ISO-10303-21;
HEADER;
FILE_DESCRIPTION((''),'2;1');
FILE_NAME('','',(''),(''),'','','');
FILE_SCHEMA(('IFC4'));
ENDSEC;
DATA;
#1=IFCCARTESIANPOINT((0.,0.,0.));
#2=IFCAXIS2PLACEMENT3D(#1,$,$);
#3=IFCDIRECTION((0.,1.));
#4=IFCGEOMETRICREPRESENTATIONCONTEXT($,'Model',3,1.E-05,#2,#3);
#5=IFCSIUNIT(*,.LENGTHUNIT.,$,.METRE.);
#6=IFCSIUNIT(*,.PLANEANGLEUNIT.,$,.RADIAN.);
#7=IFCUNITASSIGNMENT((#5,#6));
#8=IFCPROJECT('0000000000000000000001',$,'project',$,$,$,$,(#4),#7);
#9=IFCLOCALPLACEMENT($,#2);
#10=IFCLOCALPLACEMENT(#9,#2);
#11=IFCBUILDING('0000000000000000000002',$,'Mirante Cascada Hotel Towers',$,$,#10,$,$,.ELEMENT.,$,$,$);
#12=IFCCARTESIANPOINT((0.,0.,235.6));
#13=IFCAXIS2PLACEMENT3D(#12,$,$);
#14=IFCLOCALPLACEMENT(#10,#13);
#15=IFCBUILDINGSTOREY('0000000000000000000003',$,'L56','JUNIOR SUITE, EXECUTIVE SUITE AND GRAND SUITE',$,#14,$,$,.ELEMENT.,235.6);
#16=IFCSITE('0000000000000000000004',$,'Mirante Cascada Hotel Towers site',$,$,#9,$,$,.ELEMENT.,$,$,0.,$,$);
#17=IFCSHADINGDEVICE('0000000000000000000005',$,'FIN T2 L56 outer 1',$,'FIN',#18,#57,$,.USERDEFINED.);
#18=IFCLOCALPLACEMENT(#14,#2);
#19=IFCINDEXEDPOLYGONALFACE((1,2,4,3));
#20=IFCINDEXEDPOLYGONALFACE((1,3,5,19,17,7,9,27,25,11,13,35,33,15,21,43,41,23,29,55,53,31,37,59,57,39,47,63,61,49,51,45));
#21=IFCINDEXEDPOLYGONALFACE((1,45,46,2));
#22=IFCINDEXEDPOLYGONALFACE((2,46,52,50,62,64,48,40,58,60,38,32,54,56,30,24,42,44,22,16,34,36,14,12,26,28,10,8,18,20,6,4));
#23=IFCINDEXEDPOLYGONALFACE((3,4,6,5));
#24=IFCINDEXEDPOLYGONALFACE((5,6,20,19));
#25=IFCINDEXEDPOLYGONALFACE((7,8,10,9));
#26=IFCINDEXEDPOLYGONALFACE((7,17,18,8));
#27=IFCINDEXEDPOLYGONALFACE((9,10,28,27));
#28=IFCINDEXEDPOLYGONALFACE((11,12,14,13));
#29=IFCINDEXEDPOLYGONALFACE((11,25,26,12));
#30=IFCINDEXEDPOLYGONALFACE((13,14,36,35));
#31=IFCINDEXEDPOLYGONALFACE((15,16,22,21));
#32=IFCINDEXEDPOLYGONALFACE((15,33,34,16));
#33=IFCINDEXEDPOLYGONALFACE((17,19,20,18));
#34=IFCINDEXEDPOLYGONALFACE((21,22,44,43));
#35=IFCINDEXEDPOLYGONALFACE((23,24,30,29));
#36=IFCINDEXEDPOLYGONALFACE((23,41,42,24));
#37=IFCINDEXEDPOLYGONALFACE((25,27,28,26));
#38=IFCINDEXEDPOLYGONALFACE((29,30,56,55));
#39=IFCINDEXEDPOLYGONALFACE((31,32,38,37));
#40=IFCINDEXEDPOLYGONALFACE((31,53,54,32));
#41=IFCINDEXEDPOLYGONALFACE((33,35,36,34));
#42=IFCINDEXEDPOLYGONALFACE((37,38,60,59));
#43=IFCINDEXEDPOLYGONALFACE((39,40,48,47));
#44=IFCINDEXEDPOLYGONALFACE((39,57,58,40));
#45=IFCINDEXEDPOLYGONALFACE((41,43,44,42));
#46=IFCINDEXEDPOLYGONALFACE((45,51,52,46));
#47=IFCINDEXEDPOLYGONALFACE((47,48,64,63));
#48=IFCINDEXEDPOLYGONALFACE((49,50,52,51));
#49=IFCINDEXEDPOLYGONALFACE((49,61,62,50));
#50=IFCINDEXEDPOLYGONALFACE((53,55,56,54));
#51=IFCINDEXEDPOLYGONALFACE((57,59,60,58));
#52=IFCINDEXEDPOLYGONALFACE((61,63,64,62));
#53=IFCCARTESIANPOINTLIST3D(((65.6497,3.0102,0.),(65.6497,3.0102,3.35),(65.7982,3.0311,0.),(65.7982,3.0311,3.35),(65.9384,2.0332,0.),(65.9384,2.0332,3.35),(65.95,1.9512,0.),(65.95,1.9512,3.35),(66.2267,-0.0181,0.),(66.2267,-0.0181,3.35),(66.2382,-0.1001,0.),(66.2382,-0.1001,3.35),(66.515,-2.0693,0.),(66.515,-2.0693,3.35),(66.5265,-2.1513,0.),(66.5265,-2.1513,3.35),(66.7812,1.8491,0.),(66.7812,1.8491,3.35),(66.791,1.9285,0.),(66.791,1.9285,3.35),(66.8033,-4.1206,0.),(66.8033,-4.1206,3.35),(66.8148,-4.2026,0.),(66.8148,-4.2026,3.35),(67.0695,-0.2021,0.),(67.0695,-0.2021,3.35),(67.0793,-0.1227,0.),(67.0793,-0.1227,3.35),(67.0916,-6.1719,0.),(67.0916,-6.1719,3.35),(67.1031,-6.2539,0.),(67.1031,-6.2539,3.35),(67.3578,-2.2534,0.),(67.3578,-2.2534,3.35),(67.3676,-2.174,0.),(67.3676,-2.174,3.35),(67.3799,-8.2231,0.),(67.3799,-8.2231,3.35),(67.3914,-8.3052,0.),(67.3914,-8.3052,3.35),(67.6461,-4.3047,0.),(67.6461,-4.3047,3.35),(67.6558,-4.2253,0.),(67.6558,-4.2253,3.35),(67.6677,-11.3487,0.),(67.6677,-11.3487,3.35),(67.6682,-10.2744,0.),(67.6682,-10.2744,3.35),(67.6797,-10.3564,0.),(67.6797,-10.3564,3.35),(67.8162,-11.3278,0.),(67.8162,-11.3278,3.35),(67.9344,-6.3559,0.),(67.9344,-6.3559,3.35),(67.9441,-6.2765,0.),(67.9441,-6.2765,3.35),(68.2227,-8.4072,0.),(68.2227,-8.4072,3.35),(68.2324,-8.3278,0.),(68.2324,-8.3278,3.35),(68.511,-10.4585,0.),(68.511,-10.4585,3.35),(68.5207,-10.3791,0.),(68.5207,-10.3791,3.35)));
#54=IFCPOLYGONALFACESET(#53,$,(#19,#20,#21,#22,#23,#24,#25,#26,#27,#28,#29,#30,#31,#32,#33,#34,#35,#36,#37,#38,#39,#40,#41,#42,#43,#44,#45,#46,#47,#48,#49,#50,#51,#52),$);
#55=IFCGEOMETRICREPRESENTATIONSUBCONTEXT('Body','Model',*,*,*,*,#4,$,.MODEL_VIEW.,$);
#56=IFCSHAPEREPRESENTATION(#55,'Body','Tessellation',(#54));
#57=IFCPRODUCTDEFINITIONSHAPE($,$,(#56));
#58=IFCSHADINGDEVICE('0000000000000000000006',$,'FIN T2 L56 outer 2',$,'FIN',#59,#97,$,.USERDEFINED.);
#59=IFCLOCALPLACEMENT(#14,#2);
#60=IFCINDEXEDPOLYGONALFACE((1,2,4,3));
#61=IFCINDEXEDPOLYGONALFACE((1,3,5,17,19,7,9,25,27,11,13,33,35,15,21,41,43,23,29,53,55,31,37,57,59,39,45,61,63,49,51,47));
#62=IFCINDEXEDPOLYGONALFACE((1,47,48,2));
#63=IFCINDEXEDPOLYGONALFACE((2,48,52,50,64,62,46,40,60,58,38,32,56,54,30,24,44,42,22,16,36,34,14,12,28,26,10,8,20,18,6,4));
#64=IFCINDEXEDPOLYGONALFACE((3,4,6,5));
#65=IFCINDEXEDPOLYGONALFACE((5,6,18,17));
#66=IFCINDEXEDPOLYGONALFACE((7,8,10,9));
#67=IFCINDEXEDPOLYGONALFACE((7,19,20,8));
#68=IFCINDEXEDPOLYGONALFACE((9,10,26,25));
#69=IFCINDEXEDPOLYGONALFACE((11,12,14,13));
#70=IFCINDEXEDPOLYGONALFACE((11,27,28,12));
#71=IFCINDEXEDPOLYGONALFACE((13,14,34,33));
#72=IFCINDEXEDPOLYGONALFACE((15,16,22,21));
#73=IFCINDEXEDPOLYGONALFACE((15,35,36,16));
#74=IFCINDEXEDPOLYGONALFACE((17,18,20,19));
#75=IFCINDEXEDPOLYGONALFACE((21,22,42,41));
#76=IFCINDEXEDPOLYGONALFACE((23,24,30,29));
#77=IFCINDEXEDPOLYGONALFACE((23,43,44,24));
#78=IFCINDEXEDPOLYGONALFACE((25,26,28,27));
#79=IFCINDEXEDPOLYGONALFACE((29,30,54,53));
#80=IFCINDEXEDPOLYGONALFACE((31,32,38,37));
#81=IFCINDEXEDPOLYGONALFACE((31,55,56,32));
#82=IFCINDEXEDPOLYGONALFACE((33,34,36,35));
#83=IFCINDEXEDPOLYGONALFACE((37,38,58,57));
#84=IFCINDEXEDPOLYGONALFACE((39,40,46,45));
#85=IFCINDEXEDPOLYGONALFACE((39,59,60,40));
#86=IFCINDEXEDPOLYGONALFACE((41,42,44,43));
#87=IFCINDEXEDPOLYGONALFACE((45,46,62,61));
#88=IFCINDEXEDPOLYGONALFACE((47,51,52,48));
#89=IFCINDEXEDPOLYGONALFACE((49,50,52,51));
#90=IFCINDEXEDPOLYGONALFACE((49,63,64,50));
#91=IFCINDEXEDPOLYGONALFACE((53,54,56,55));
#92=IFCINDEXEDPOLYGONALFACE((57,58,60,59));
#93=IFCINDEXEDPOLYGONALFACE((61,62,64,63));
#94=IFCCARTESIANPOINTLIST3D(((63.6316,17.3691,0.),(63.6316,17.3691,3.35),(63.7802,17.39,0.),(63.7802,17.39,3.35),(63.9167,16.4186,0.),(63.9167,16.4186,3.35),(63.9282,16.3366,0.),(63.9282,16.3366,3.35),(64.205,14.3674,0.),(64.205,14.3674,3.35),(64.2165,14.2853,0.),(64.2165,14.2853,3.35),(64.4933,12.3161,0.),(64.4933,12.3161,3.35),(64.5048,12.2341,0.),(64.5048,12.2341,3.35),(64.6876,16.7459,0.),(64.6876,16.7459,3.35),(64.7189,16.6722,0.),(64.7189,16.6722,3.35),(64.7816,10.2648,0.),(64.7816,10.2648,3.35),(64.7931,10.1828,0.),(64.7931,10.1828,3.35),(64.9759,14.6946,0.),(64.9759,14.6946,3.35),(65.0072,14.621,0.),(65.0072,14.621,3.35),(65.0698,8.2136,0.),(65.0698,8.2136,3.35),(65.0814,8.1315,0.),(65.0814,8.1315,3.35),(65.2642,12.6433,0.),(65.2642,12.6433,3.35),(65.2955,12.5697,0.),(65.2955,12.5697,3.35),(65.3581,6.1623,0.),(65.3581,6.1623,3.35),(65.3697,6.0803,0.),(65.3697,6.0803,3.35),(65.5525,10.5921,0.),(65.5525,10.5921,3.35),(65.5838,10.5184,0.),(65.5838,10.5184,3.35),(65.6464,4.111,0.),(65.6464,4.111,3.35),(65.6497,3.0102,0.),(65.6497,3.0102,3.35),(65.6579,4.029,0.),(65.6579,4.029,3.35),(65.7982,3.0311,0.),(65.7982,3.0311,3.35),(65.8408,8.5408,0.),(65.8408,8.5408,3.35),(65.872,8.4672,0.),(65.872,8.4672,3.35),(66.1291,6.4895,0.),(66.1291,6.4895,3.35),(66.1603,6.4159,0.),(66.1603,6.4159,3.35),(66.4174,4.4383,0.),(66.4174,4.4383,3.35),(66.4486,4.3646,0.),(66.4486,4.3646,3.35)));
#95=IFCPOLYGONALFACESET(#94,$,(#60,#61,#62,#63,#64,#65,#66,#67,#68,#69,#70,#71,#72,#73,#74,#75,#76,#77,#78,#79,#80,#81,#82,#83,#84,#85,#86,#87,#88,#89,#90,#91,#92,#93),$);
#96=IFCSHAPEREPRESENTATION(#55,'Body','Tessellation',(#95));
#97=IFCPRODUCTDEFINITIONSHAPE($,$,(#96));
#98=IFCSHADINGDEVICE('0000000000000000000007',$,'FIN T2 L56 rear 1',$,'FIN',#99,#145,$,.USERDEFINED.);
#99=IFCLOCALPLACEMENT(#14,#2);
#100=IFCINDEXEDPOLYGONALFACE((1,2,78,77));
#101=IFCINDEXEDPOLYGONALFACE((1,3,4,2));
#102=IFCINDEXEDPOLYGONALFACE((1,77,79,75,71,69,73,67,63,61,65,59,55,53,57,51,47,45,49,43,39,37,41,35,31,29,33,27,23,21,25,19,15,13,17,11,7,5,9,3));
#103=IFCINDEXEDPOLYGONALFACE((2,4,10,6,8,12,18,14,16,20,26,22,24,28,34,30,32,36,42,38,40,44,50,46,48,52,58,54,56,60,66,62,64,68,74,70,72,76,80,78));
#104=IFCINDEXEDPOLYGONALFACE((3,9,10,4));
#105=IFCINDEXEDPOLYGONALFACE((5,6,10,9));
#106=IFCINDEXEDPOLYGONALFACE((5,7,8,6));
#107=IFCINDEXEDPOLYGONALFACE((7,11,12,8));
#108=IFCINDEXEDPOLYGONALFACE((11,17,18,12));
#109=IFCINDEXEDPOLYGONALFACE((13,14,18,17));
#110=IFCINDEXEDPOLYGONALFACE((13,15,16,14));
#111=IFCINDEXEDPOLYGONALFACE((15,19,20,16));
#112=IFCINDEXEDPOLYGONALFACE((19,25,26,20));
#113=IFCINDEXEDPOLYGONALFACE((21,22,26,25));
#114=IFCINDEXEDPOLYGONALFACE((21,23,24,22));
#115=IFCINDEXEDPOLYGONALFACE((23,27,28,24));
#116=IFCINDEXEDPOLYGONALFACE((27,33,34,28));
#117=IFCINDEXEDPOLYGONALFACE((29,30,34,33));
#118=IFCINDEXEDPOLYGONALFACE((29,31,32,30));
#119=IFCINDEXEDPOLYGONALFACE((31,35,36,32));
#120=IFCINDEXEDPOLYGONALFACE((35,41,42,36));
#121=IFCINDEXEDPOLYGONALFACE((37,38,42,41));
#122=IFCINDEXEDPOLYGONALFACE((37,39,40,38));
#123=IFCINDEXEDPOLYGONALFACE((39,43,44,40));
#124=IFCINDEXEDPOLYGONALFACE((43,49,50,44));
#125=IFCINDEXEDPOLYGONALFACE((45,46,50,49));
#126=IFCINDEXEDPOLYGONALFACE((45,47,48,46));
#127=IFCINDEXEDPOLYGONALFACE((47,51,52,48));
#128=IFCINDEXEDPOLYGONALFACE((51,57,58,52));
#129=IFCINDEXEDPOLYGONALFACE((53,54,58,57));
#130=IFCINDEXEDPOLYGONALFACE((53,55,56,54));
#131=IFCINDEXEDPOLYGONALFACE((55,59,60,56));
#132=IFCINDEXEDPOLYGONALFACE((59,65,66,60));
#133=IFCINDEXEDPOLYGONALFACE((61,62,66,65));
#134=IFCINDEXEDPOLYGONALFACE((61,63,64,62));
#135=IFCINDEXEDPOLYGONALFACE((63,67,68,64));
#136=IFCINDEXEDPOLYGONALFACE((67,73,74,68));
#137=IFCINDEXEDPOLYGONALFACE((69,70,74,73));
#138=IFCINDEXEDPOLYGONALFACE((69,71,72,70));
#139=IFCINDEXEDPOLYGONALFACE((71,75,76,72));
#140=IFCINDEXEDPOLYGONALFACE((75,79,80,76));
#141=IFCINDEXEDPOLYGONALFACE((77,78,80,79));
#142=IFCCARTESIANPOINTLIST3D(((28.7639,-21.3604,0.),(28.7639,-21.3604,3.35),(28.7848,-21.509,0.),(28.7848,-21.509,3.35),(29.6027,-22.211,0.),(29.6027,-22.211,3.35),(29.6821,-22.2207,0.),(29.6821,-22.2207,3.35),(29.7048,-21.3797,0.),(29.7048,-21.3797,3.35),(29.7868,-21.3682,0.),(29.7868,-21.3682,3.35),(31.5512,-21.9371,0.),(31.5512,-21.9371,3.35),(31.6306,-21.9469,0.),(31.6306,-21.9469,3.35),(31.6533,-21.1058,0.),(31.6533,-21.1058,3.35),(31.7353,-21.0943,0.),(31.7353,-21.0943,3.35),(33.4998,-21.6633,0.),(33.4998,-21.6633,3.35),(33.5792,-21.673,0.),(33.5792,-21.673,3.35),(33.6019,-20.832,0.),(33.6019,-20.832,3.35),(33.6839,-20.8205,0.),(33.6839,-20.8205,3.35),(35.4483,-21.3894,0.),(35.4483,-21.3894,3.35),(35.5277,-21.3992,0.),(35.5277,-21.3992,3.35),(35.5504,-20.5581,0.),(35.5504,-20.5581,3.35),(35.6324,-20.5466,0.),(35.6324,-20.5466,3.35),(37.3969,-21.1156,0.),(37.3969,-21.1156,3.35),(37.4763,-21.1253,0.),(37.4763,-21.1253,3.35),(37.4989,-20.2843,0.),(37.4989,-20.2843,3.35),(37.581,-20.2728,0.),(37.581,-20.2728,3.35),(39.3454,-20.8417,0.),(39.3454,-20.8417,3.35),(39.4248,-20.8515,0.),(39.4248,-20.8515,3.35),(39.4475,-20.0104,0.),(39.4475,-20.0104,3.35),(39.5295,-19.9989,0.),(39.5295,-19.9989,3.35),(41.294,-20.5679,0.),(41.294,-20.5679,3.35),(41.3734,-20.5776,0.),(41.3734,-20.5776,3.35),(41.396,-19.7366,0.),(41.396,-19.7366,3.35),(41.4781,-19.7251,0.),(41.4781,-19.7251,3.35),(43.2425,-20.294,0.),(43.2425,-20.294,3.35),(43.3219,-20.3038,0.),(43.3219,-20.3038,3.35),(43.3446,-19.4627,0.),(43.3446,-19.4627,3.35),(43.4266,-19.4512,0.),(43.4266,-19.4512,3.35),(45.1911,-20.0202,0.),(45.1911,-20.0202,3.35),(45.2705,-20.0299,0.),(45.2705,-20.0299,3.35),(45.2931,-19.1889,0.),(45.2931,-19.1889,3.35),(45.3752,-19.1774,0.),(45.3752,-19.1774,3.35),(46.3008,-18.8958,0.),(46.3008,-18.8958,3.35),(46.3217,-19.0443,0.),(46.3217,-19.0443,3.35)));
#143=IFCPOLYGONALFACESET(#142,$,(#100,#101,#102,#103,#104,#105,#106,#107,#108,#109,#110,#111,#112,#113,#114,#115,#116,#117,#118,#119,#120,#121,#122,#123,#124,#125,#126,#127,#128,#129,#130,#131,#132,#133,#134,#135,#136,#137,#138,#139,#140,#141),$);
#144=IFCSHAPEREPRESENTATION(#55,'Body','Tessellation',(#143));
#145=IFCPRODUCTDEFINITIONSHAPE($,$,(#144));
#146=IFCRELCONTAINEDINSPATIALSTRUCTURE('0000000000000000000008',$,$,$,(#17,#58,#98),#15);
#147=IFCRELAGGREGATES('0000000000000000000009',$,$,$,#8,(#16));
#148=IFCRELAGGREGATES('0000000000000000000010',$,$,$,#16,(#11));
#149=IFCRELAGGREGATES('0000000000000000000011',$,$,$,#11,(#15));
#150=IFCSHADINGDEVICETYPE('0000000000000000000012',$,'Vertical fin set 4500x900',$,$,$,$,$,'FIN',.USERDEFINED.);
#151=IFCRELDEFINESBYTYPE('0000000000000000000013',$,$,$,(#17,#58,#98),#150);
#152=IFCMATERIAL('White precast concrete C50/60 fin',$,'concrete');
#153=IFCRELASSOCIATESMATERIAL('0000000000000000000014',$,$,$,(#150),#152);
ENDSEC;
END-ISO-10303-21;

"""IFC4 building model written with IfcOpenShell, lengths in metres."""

from ifc_helpers import new_model, si_unit, direction, frame, origin, place, context, subcontext, project, spatial, polyline, outline, extrude, material, type_object, element, save


model = new_model("IFC4")

# Units and contexts
model_context = context("Model", 3, precision=1e-05, world=origin(), true_north=direction((0.0, 1.0)))
body_context = subcontext(model_context, "Body", "Model", "MODEL_VIEW")
ifc_project = project(units=[si_unit("LENGTHUNIT", "METRE"), si_unit("PLANEANGLEUNIT", "RADIAN")], contexts=[model_context])

# Site, building, storey
site_placement = place(None, origin())
site = spatial("IfcSite", under=ifc_project, at=site_placement, Name="Mirante Cascada Hotel Towers site", CompositionType="ELEMENT", RefElevation=0.0)
building_placement = place(site_placement, origin())
building = spatial("IfcBuilding", under=site, at=building_placement, Name="Mirante Cascada Hotel Towers", CompositionType="ELEMENT")
storey_placement = place(building_placement, frame((0.0, 0.0, 235.6)))
storey = spatial("IfcBuildingStorey", under=building, at=storey_placement, Name="L56", Description="JUNIOR SUITE, EXECUTIVE SUITE AND GRAND SUITE", CompositionType="ELEMENT", Elevation=235.6)

# Shading devices
ifc_material_1 = material(Name="White precast concrete C50/60 fin", Category="concrete")
shading_device_type = type_object("IfcShadingDeviceType", Name="Vertical fin set 4500x900", ElementType="FIN", PredefinedType="USERDEFINED", material=ifc_material_1)
shading_device_1_placement = place(storey_placement, origin())
element("IfcShadingDevice", 1, at=shading_device_1_placement, inside=storey, type_object=shading_device_type, Name="FIN T2 L56 outer 1", ObjectType="FIN", PredefinedType="USERDEFINED", context=body_context, shape_type="SweptSolid", body=[
    extrude(outline(polyline([(68.511, -10.4585), (67.6797, -10.3564), (67.8162, -11.3278), (67.6677, -11.3487), (65.6497, 3.0102), (65.7982, 3.0311), (65.9384, 2.0332), (66.791, 1.9285), (66.7812, 1.8491), (65.95, 1.9512), (66.2267, -0.0181), (67.0793, -0.1227), (67.0695, -0.2021), (66.2382, -0.1001), (66.515, -2.0693), (67.3676, -2.174), (67.3578, -2.2534), (66.5265, -2.1513), (66.8033, -4.1206), (67.6558, -4.2253), (67.6461, -4.3047), (66.8148, -4.2026), (67.0916, -6.1719), (67.9441, -6.2765), (67.9344, -6.3559), (67.1031, -6.2539), (67.3799, -8.2231), (68.2324, -8.3278), (68.2227, -8.4072), (67.3914, -8.3052), (67.6682, -10.2744), (68.5207, -10.3791), (68.511, -10.4585)])), origin(), (0.0, 0.0, 1.0), 3.35),
])
shading_device_2_placement = place(storey_placement, origin())
element("IfcShadingDevice", 2, at=shading_device_2_placement, inside=storey, type_object=shading_device_type, Name="FIN T2 L56 outer 2", ObjectType="FIN", PredefinedType="USERDEFINED", context=body_context, shape_type="SweptSolid", body=[
    extrude(outline(polyline([(66.4486, 4.3646), (65.6579, 4.029), (65.7982, 3.0311), (65.6497, 3.0102), (63.6316, 17.3691), (63.7802, 17.39), (63.9167, 16.4186), (64.6876, 16.7459), (64.7189, 16.6722), (63.9282, 16.3366), (64.205, 14.3674), (64.9759, 14.6946), (65.0072, 14.621), (64.2165, 14.2853), (64.4933, 12.3161), (65.2642, 12.6433), (65.2955, 12.5697), (64.5048, 12.2341), (64.7816, 10.2648), (65.5525, 10.5921), (65.5838, 10.5184), (64.7931, 10.1828), (65.0698, 8.2136), (65.8408, 8.5408), (65.872, 8.4672), (65.0814, 8.1315), (65.3581, 6.1623), (66.1291, 6.4895), (66.1603, 6.4159), (65.3697, 6.0803), (65.6464, 4.111), (66.4174, 4.4383), (66.4486, 4.3646)])), origin(), (0.0, 0.0, 1.0), 3.35),
])
shading_device_3_placement = place(storey_placement, origin())
element("IfcShadingDevice", 3, at=shading_device_3_placement, inside=storey, type_object=shading_device_type, Name="FIN T2 L56 rear 1", ObjectType="FIN", PredefinedType="USERDEFINED", context=body_context, shape_type="SweptSolid", body=[
    extrude(outline(polyline([(29.6027, -22.211), (29.7048, -21.3797), (28.7848, -21.509), (28.7639, -21.3604), (46.3008, -18.8958), (46.3217, -19.0443), (45.3752, -19.1774), (45.2705, -20.0299), (45.1911, -20.0202), (45.2931, -19.1889), (43.4266, -19.4512), (43.3219, -20.3038), (43.2425, -20.294), (43.3446, -19.4627), (41.4781, -19.7251), (41.3734, -20.5776), (41.294, -20.5679), (41.396, -19.7366), (39.5295, -19.9989), (39.4248, -20.8515), (39.3454, -20.8417), (39.4475, -20.0104), (37.581, -20.2728), (37.4763, -21.1253), (37.3969, -21.1156), (37.4989, -20.2843), (35.6324, -20.5466), (35.5277, -21.3992), (35.4483, -21.3894), (35.5504, -20.5581), (33.6839, -20.8205), (33.5792, -21.673), (33.4998, -21.6633), (33.6019, -20.832), (31.7353, -21.0943), (31.6306, -21.9469), (31.5512, -21.9371), (31.6533, -21.1058), (29.7868, -21.3682), (29.6821, -22.2207), (29.6027, -22.211)])), origin(), (0.0, 0.0, 1.0), 3.35),
])

save(model, "model.ifc")
